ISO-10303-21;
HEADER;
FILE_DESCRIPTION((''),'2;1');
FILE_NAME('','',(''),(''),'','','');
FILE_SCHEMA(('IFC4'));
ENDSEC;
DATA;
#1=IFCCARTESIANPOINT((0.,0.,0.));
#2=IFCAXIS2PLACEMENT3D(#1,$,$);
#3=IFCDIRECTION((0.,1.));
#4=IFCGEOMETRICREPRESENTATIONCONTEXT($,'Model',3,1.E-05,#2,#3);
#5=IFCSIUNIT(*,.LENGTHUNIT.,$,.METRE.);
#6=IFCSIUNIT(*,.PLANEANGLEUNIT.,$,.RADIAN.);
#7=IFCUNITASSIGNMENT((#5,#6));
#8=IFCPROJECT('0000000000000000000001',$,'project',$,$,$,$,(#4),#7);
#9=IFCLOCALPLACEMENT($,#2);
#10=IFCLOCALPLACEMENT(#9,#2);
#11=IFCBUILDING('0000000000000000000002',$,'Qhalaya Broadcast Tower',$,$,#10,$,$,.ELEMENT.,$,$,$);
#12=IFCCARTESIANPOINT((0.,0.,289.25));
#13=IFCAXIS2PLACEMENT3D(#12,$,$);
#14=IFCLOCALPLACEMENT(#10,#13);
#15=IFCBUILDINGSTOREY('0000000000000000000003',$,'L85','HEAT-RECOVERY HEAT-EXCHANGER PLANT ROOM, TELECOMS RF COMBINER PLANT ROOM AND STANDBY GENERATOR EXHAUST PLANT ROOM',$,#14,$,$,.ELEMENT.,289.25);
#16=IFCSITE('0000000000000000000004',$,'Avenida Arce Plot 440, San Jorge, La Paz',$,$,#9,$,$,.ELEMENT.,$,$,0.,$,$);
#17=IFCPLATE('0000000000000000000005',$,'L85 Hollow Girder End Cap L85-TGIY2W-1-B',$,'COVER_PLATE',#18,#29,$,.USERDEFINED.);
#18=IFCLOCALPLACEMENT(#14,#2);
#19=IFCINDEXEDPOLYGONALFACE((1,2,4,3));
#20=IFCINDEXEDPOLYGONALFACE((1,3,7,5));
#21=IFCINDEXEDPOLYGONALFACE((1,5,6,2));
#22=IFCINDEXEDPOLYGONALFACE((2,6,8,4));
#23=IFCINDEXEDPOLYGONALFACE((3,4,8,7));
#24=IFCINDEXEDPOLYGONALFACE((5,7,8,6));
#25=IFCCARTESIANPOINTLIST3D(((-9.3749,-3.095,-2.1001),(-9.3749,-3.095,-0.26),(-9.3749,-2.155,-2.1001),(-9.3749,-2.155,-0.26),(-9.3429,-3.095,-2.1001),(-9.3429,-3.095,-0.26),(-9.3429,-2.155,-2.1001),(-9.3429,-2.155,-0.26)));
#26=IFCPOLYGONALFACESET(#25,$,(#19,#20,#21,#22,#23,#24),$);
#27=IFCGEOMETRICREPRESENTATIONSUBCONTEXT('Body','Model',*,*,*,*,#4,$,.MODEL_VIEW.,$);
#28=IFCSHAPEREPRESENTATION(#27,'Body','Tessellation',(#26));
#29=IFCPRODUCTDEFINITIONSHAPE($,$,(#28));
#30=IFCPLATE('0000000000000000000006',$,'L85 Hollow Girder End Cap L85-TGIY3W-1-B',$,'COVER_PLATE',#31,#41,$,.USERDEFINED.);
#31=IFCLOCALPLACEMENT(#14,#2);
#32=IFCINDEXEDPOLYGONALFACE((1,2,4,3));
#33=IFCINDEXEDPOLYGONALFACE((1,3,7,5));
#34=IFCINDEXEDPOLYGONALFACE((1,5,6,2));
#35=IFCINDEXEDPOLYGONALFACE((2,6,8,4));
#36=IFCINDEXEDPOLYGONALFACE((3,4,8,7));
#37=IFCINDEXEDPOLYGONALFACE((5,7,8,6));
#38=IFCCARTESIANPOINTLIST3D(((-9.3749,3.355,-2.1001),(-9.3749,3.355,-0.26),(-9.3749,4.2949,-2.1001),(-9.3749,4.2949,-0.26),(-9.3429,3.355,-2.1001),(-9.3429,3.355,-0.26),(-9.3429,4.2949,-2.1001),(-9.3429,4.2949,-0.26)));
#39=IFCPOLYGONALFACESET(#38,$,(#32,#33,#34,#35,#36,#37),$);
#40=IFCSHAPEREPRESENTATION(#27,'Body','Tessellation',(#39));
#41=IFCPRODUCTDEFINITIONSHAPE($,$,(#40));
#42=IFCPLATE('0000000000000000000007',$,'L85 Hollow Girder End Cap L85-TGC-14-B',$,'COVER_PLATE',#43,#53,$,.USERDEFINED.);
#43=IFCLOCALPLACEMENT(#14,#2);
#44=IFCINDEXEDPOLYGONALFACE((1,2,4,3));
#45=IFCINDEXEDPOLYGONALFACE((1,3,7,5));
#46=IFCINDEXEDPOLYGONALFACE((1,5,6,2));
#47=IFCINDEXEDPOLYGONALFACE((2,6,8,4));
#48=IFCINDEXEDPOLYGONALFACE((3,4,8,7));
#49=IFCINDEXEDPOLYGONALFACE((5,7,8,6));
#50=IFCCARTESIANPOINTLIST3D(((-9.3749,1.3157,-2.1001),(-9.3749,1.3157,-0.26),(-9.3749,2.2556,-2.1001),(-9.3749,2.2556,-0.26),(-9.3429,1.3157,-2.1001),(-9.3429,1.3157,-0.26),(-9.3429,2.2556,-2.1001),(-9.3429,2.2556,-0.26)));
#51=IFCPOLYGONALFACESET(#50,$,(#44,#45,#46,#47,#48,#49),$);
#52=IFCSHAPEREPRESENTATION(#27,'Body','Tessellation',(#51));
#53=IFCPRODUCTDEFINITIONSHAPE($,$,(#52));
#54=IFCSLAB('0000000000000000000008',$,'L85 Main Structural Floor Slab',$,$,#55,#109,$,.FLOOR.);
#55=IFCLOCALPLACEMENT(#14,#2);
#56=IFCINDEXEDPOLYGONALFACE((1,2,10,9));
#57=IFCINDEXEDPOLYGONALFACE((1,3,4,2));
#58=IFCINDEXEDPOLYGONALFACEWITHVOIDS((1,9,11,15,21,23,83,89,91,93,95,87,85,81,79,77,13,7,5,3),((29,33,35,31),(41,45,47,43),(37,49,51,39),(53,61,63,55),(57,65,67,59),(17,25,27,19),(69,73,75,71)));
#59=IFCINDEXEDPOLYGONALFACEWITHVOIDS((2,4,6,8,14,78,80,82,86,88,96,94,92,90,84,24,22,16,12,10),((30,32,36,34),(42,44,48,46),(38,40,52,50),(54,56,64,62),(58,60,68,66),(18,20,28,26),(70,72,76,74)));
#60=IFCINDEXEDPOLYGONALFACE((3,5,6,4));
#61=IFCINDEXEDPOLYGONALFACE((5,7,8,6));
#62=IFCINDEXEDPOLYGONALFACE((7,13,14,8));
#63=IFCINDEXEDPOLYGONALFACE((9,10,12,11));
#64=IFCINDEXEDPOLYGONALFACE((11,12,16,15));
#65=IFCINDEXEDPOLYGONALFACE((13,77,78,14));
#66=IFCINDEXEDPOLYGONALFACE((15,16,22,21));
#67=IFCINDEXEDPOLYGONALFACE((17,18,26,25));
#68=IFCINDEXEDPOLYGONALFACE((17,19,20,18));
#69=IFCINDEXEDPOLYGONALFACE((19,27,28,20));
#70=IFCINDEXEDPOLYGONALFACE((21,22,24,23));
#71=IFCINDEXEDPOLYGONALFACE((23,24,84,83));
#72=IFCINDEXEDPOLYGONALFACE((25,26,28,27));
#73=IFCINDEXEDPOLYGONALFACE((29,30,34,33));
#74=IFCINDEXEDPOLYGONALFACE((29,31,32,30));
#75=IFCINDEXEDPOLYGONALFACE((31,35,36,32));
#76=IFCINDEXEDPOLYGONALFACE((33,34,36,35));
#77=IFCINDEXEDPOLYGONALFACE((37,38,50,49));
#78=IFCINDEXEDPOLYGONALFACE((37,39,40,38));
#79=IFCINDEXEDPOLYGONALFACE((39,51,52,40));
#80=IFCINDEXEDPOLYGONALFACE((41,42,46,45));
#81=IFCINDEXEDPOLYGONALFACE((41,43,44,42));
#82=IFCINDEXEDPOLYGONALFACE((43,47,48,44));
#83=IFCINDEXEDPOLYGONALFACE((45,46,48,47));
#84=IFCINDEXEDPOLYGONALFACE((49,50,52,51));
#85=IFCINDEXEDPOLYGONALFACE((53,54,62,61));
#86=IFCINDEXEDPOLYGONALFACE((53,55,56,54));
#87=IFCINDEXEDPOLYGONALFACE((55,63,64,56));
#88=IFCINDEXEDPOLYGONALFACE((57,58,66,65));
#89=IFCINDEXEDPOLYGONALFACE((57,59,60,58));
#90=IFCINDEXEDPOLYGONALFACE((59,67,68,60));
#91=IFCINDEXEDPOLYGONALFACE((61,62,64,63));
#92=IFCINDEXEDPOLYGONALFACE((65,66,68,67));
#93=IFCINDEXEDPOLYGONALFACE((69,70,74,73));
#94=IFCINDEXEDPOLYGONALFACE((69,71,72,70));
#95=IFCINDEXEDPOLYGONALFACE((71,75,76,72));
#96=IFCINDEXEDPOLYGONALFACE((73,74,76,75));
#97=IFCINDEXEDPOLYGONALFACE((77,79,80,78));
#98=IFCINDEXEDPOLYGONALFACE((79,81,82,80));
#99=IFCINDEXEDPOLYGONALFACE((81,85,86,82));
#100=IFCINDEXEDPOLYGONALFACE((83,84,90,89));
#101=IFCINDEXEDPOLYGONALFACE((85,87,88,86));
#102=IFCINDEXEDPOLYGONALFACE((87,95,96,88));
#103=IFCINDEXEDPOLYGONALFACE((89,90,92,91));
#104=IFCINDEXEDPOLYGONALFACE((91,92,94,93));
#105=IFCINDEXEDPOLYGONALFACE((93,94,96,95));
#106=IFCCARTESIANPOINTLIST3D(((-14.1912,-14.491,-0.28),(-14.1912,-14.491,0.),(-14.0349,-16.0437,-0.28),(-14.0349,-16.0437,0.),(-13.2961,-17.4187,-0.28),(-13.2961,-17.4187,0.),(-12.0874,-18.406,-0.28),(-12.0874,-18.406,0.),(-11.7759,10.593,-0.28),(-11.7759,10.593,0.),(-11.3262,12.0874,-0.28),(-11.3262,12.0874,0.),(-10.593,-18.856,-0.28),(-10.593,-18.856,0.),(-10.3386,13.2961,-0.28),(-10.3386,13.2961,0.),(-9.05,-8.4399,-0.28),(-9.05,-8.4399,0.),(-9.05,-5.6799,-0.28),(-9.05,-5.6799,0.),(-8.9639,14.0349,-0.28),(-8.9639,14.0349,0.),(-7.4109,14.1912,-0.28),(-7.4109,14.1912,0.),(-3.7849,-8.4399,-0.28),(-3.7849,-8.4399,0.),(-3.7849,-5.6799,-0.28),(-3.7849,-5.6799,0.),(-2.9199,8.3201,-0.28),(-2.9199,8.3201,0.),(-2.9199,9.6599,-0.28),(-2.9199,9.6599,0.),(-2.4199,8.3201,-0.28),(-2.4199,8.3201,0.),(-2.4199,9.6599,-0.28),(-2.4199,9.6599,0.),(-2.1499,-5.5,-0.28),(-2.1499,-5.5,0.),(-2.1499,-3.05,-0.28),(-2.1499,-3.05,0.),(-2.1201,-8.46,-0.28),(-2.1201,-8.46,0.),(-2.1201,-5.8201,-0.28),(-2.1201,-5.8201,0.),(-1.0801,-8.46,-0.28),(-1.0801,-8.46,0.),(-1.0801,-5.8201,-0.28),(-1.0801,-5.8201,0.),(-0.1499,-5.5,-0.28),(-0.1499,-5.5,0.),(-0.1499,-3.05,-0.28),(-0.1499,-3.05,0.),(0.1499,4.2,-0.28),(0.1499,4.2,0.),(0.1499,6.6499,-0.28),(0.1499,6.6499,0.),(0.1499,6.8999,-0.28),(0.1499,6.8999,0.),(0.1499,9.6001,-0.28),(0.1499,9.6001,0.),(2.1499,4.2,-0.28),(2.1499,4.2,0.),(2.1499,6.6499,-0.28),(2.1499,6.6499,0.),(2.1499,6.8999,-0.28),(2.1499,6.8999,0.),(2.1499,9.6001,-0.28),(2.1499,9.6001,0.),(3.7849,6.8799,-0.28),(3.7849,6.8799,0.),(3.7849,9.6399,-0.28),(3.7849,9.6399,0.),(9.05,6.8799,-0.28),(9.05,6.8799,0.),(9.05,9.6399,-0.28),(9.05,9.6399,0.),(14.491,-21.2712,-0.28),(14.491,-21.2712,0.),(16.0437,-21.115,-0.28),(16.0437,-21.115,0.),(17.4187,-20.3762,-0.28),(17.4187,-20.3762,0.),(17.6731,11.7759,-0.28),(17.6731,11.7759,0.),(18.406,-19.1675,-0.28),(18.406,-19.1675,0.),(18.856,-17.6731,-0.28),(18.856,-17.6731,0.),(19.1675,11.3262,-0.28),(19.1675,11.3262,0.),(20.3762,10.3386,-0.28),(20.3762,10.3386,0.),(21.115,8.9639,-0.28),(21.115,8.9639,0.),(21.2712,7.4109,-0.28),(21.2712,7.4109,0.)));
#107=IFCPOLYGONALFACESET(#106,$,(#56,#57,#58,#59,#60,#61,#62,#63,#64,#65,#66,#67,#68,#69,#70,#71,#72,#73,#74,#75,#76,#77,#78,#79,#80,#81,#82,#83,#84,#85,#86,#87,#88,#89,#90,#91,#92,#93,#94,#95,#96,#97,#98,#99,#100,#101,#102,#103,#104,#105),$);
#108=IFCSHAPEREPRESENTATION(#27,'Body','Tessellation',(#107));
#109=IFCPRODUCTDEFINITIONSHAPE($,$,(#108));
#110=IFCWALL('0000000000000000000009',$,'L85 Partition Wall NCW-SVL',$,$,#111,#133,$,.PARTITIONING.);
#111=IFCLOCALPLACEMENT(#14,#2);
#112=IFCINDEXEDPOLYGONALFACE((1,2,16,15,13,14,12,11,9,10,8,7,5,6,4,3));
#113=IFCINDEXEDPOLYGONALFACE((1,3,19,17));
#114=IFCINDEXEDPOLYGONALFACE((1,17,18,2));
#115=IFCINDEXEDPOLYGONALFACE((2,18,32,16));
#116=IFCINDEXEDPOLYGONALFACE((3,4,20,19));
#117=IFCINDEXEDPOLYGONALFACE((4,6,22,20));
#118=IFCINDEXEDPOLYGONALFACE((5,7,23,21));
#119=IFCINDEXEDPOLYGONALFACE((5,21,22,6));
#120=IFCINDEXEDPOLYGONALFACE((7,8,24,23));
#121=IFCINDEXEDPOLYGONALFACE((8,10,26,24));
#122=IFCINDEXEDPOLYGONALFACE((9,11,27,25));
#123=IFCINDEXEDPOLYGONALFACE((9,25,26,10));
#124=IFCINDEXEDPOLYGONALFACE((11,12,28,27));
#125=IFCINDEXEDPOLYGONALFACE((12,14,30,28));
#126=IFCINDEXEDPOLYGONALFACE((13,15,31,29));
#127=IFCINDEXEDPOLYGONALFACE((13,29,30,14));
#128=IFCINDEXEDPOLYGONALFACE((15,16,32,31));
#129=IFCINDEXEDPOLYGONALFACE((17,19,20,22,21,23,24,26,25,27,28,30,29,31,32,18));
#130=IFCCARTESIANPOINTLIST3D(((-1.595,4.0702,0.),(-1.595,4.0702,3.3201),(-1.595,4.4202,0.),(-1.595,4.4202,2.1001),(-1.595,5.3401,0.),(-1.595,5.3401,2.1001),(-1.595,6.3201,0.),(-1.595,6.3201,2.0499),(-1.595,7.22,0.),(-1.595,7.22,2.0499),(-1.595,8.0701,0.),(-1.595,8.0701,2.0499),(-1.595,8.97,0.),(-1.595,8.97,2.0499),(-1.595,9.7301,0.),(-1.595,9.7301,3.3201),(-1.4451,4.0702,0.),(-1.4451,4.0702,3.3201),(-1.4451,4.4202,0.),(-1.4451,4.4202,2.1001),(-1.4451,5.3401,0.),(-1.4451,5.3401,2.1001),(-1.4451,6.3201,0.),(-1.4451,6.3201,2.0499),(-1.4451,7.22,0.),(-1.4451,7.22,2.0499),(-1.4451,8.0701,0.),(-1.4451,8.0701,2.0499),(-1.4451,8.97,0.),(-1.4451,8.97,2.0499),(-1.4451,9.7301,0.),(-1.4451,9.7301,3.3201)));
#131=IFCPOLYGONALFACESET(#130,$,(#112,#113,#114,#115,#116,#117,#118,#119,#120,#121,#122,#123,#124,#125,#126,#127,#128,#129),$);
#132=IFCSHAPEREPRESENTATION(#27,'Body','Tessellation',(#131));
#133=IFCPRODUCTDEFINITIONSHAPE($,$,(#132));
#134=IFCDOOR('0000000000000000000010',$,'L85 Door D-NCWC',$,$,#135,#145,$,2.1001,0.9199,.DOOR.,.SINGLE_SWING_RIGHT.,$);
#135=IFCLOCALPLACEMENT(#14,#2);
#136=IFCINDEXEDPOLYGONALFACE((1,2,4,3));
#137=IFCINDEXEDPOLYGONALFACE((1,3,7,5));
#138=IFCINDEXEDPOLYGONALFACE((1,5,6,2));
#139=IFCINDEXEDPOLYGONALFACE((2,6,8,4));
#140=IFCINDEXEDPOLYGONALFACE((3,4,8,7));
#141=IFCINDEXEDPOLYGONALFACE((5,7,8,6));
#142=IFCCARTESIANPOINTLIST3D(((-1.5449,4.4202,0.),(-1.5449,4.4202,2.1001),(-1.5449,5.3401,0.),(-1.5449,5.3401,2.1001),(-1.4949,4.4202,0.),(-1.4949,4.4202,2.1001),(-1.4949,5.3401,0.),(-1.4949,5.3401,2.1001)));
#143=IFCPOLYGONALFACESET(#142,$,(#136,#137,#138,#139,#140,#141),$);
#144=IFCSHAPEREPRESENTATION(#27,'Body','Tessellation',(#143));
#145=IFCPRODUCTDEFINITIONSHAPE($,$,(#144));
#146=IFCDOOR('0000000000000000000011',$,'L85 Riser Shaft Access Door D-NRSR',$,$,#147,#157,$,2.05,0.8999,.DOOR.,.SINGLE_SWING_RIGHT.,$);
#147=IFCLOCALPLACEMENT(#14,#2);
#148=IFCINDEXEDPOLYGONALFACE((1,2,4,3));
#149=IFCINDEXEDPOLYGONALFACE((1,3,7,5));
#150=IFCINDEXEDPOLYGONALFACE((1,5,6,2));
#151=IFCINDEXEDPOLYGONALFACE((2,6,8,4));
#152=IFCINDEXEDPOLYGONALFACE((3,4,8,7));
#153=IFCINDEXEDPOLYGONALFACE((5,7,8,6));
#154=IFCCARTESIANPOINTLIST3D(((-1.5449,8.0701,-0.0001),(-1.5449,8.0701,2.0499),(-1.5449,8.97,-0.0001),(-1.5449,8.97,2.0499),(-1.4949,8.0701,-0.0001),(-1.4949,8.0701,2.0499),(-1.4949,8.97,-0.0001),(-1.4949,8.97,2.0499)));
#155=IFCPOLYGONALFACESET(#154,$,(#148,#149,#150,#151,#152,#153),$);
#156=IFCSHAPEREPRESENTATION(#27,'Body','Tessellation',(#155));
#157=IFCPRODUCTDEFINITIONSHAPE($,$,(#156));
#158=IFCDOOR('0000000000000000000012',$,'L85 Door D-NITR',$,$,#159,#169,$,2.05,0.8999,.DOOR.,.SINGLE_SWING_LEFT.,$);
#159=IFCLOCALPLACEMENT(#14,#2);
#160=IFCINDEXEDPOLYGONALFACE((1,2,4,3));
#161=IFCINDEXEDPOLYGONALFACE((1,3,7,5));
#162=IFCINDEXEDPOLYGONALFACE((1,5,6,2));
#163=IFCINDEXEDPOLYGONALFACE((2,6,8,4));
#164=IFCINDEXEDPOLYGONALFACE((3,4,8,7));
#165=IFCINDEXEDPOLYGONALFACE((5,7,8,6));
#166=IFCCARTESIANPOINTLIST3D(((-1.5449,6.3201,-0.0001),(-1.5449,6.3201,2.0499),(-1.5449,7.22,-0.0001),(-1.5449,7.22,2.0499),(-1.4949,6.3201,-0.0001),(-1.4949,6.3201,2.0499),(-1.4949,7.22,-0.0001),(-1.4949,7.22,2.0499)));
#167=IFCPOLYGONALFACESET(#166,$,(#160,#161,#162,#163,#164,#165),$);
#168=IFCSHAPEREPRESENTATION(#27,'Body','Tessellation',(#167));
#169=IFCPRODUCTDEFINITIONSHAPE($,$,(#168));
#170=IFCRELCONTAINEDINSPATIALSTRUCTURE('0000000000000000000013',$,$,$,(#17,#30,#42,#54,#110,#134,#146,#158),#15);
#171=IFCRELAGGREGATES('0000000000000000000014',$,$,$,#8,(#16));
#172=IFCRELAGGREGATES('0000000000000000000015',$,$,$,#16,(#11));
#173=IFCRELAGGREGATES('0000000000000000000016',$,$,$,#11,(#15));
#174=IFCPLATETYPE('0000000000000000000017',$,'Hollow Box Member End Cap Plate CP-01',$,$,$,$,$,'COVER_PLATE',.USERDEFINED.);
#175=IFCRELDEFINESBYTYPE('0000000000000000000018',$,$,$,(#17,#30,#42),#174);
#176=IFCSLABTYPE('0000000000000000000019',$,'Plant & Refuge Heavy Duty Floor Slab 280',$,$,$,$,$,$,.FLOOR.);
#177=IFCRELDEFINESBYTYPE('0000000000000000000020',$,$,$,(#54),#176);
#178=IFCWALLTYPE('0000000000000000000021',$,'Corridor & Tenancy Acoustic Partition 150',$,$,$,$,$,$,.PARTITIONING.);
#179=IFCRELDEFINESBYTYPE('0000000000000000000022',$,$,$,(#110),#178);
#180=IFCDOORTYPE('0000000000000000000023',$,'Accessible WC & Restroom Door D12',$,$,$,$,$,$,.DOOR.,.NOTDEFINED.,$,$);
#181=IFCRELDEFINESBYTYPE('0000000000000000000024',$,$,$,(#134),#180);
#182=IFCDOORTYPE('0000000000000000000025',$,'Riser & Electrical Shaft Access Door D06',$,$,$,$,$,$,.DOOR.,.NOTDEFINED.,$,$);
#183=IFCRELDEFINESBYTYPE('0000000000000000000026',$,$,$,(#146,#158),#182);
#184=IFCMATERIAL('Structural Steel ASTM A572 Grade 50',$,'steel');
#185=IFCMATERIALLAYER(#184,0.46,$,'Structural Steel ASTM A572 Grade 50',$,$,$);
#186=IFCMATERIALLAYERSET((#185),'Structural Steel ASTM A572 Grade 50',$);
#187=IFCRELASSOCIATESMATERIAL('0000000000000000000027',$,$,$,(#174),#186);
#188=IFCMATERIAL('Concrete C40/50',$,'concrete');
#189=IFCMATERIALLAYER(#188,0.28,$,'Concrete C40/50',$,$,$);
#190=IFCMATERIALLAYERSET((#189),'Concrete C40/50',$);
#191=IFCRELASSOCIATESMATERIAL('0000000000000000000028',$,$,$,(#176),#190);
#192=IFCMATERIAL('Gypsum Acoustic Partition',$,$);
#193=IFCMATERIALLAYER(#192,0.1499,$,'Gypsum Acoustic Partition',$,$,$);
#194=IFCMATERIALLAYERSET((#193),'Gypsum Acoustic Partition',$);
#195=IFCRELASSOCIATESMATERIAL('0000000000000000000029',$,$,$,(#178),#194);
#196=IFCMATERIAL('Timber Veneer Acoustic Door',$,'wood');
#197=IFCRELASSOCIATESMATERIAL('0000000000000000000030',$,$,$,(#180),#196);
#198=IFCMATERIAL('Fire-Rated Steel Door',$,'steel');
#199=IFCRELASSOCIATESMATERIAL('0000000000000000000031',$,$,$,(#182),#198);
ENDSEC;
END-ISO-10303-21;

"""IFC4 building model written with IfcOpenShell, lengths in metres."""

from ifc_helpers import new_model, si_unit, direction, frame, frame_2d, origin, origin_2d, place, context, subcontext, project, spatial, polyline, rectangle, outline, extrude, material, layer, layer_set, type_object, element, fill, save


model = new_model("IFC4")

# Units and contexts
model_context = context("Model", 3, precision=1e-05, world=origin(), true_north=direction((0.0, 1.0)))
body_context = subcontext(model_context, "Body", "Model", "MODEL_VIEW")
ifc_project = project(units=[si_unit("LENGTHUNIT", "METRE"), si_unit("PLANEANGLEUNIT", "RADIAN")], contexts=[model_context])

# Site, building, storey
site_placement = place(None, origin())
site = spatial("IfcSite", under=ifc_project, at=site_placement, Name="Avenida Arce Plot 440, San Jorge, La Paz", CompositionType="ELEMENT", RefElevation=0.0)
building_placement = place(site_placement, origin())
building = spatial("IfcBuilding", under=site, at=building_placement, Name="Qhalaya Broadcast Tower", CompositionType="ELEMENT")
storey_placement = place(building_placement, frame((0.0, 0.0, 289.25)))
storey = spatial("IfcBuildingStorey", under=building, at=storey_placement, Name="L85", Description="HEAT-RECOVERY HEAT-EXCHANGER PLANT ROOM, TELECOMS RF COMBINER PLANT ROOM AND STANDBY GENERATOR EXHAUST PLANT ROOM", CompositionType="ELEMENT", Elevation=289.25)

# Plates
ifc_material_1 = material(Name="Structural Steel ASTM A572 Grade 50", Category="steel")
ifc_layer_1 = layer(ifc_material_1, 0.46, Name="Structural Steel ASTM A572 Grade 50")
ifc_layer_set_1 = layer_set([ifc_layer_1], Name="Structural Steel ASTM A572 Grade 50")
plate_type = type_object("IfcPlateType", Name="Hollow Box Member End Cap Plate CP-01", ElementType="COVER_PLATE", PredefinedType="USERDEFINED", material=ifc_layer_set_1)
for number, where, z_axis, x_axis, name in (
    (1, (-9.3589, -2.625, -2.1001), (0.0, 0.0, 1.0), (0.0, 1.0, 0.0), "L85 Hollow Girder End Cap L85-TGIY2W-1-B"),
    (2, (-9.3589, 3.825, -2.1001), (0.0, 0.0, 1.0), (0.0, 1.0, 0.0), "L85 Hollow Girder End Cap L85-TGIY3W-1-B"),
    (3, (-9.3589, 1.7856, -2.1001), (0.0, 0.0, 1.0), (0.0, 1.0, 0.0), "L85 Hollow Girder End Cap L85-TGC-14-B"),
):
    element("IfcPlate", number, at=place(storey_placement, frame(where, z_axis=z_axis, x_axis=x_axis)), inside=storey, type_object=plate_type, Name=name, ObjectType="COVER_PLATE", PredefinedType="USERDEFINED", context=body_context, shape_type="SweptSolid", body=[
        extrude(rectangle(XDim=0.9399, YDim=0.032, at=origin_2d()), origin(), (0.0, 0.0, 1.0), 1.8401),
    ])

# Slab
ifc_material_2 = material(Name="Concrete C40/50", Category="concrete")
ifc_layer_2 = layer(ifc_material_2, 0.28, Name="Concrete C40/50")
ifc_layer_set_2 = layer_set([ifc_layer_2], Name="Concrete C40/50")
slab_type = type_object("IfcSlabType", Name="Plant & Refuge Heavy Duty Floor Slab 280", PredefinedType="FLOOR", material=ifc_layer_set_2)
slab_placement = place(storey_placement, frame((0.0, 0.0, -0.28)))
element("IfcSlab", 4, at=slab_placement, inside=storey, type_object=slab_type, Name="L85 Main Structural Floor Slab", PredefinedType="FLOOR", context=body_context, shape_type="SweptSolid", body=[
    extrude(outline(polyline([(14.491, -21.2712), (16.0437, -21.115), (17.4187, -20.3762), (18.406, -19.1675), (18.856, -17.6731), (21.2712, 7.4109), (21.115, 8.9639), (20.3762, 10.3386), (19.1675, 11.3262), (17.6731, 11.7759), (-7.4109, 14.1912), (-8.9639, 14.0349), (-10.3386, 13.2961), (-11.3262, 12.0874), (-11.7759, 10.593), (-14.1912, -14.491), (-14.0349, -16.0437), (-13.2961, -17.4187), (-12.0874, -18.406), (-10.593, -18.856), (14.491, -21.2712)]), holes=[polyline([(3.7849, 9.6399), (9.05, 9.6399), (9.05, 6.8799), (3.7849, 6.8799), (3.7849, 9.6399)]), polyline([(-3.7849, -8.4399), (-9.05, -8.4399), (-9.05, -5.6799), (-3.7849, -5.6799), (-3.7849, -8.4399)]), polyline([(0.1499, 6.6499), (2.1499, 6.6499), (2.1499, 4.2), (0.1499, 4.2), (0.1499, 6.6499)]), polyline([(0.1499, 9.6001), (2.1499, 9.6001), (2.1499, 6.8999), (0.1499, 6.8999), (0.1499, 9.6001)]), polyline([(-2.1499, -3.05), (-0.1499, -3.05), (-0.1499, -5.5), (-2.1499, -5.5), (-2.1499, -3.05)]), polyline([(-2.9199, 9.6599), (-2.4199, 9.6599), (-2.4199, 8.3201), (-2.9199, 8.3201), (-2.9199, 9.6599)]), polyline([(-2.1201, -5.8201), (-1.0801, -5.8201), (-1.0801, -8.46), (-2.1201, -8.46), (-2.1201, -5.8201)])]), origin(), (0.0, 0.0, 1.0), 0.28),
])

# Wall, openings, doors
ifc_material_3 = material(Name="Gypsum Acoustic Partition")
ifc_layer_3 = layer(ifc_material_3, 0.1499, Name="Gypsum Acoustic Partition")
ifc_layer_set_3 = layer_set([ifc_layer_3], Name="Gypsum Acoustic Partition")
wall_type_1 = type_object("IfcWallType", Name="Corridor & Tenancy Acoustic Partition 150", PredefinedType="PARTITIONING", material=ifc_layer_set_3)
wall_1_placement = place(storey_placement, frame((-1.52, 4.0701, 0.0), z_axis=(0.0, 0.0, 1.0), x_axis=(0.0, 1.0, 0.0)))
wall_1 = element("IfcWall", 5, at=wall_1_placement, inside=storey, type_object=wall_type_1, Name="L85 Partition Wall NCW-SVL", PredefinedType="PARTITIONING", context=body_context, shape_type="SweptSolid", body=[
    extrude(rectangle(XDim=5.6599, YDim=0.1499, at=frame_2d((2.8301, 0.0))), origin(), (0.0, 0.0, 1.0), 3.3201),
])
opening_1_placement = place(wall_1_placement, frame((4.0, 0.0, 0.0)))
opening_1 = element("IfcOpeningElement", 6, at=opening_1_placement, cuts=wall_1, PredefinedType="OPENING", context=body_context, shape_type="SweptSolid", body=[
    extrude(rectangle(XDim=0.8999, YDim=2.05, at=frame_2d((0.45, 1.0249))), frame((0.0, 0.0869, 0.0), z_axis=(0.0, -1.0, 0.0), x_axis=(1.0, 0.0, 0.0)), (0.0, 0.0, 1.0), 0.1738),
])
opening_2_placement = place(wall_1_placement, frame((2.25, 0.0, 0.0)))
opening_2 = element("IfcOpeningElement", 7, at=opening_2_placement, cuts=wall_1, PredefinedType="OPENING", context=body_context, shape_type="SweptSolid", body=[
    extrude(rectangle(XDim=0.8999, YDim=2.05, at=frame_2d((0.45, 1.0249))), frame((0.0, 0.0869, 0.0), z_axis=(0.0, -1.0, 0.0), x_axis=(1.0, 0.0, 0.0)), (0.0, 0.0, 1.0), 0.1738),
])
opening_3_placement = place(wall_1_placement, frame((0.3501, 0.0, 0.0)))
opening_3 = element("IfcOpeningElement", 8, at=opening_3_placement, cuts=wall_1, PredefinedType="OPENING", context=body_context, shape_type="SweptSolid", body=[
    extrude(rectangle(XDim=0.9199, YDim=2.1001, at=frame_2d((0.46, 1.05))), frame((0.0, 0.0869, 0.0), z_axis=(0.0, -1.0, 0.0), x_axis=(1.0, 0.0, 0.0)), (0.0, 0.0, 1.0), 0.1738),
])
ifc_material_4 = material(Name="Timber Veneer Acoustic Door", Category="wood")
door_type_1 = type_object("IfcDoorType", Name="Accessible WC & Restroom Door D12", OperationType="NOTDEFINED", PredefinedType="DOOR", material=ifc_material_4)
door_1_placement = place(opening_3_placement, origin())
door_1 = element("IfcDoor", 9, at=door_1_placement, inside=storey, type_object=door_type_1, Name="L85 Door D-NCWC", OperationType="SINGLE_SWING_RIGHT", OverallHeight=2.1001, OverallWidth=0.9199, PredefinedType="DOOR", context=body_context, shape_type="SweptSolid", body=[
    extrude(rectangle(XDim=0.9199, YDim=2.1001, at=frame_2d((0.46, 1.05))), frame((0.0, 0.0249, 0.0), z_axis=(0.0, -1.0, 0.0), x_axis=(1.0, 0.0, 0.0)), (0.0, 0.0, 1.0), 0.05),
])
fill(opening_3, door_1)
ifc_material_5 = material(Name="Fire-Rated Steel Door", Category="steel")
door_type_2 = type_object("IfcDoorType", Name="Riser & Electrical Shaft Access Door D06", OperationType="NOTDEFINED", PredefinedType="DOOR", material=ifc_material_5)
door_2_placement = place(opening_1_placement, origin())
door_2 = element("IfcDoor", 10, at=door_2_placement, inside=storey, type_object=door_type_2, Name="L85 Riser Shaft Access Door D-NRSR", OperationType="SINGLE_SWING_RIGHT", OverallHeight=2.05, OverallWidth=0.8999, PredefinedType="DOOR", context=body_context, shape_type="SweptSolid", body=[
    extrude(rectangle(XDim=0.8999, YDim=2.05, at=frame_2d((0.45, 1.0249))), frame((0.0, 0.0249, 0.0), z_axis=(0.0, -1.0, 0.0), x_axis=(1.0, 0.0, 0.0)), (0.0, 0.0, 1.0), 0.05),
])
fill(opening_1, door_2)
door_3_placement = place(opening_2_placement, origin())
door_3 = element("IfcDoor", 11, at=door_3_placement, inside=storey, type_object=door_type_2, Name="L85 Door D-NITR", OperationType="SINGLE_SWING_LEFT", OverallHeight=2.05, OverallWidth=0.8999, PredefinedType="DOOR", context=body_context, shape_type="SweptSolid", body=[
    extrude(rectangle(XDim=0.8999, YDim=2.05, at=frame_2d((0.45, 1.0249))), frame((0.0, 0.0249, 0.0), z_axis=(0.0, -1.0, 0.0), x_axis=(1.0, 0.0, 0.0)), (0.0, 0.0, 1.0), 0.05),
])
fill(opening_2, door_3)

save(model, "model.ifc")
